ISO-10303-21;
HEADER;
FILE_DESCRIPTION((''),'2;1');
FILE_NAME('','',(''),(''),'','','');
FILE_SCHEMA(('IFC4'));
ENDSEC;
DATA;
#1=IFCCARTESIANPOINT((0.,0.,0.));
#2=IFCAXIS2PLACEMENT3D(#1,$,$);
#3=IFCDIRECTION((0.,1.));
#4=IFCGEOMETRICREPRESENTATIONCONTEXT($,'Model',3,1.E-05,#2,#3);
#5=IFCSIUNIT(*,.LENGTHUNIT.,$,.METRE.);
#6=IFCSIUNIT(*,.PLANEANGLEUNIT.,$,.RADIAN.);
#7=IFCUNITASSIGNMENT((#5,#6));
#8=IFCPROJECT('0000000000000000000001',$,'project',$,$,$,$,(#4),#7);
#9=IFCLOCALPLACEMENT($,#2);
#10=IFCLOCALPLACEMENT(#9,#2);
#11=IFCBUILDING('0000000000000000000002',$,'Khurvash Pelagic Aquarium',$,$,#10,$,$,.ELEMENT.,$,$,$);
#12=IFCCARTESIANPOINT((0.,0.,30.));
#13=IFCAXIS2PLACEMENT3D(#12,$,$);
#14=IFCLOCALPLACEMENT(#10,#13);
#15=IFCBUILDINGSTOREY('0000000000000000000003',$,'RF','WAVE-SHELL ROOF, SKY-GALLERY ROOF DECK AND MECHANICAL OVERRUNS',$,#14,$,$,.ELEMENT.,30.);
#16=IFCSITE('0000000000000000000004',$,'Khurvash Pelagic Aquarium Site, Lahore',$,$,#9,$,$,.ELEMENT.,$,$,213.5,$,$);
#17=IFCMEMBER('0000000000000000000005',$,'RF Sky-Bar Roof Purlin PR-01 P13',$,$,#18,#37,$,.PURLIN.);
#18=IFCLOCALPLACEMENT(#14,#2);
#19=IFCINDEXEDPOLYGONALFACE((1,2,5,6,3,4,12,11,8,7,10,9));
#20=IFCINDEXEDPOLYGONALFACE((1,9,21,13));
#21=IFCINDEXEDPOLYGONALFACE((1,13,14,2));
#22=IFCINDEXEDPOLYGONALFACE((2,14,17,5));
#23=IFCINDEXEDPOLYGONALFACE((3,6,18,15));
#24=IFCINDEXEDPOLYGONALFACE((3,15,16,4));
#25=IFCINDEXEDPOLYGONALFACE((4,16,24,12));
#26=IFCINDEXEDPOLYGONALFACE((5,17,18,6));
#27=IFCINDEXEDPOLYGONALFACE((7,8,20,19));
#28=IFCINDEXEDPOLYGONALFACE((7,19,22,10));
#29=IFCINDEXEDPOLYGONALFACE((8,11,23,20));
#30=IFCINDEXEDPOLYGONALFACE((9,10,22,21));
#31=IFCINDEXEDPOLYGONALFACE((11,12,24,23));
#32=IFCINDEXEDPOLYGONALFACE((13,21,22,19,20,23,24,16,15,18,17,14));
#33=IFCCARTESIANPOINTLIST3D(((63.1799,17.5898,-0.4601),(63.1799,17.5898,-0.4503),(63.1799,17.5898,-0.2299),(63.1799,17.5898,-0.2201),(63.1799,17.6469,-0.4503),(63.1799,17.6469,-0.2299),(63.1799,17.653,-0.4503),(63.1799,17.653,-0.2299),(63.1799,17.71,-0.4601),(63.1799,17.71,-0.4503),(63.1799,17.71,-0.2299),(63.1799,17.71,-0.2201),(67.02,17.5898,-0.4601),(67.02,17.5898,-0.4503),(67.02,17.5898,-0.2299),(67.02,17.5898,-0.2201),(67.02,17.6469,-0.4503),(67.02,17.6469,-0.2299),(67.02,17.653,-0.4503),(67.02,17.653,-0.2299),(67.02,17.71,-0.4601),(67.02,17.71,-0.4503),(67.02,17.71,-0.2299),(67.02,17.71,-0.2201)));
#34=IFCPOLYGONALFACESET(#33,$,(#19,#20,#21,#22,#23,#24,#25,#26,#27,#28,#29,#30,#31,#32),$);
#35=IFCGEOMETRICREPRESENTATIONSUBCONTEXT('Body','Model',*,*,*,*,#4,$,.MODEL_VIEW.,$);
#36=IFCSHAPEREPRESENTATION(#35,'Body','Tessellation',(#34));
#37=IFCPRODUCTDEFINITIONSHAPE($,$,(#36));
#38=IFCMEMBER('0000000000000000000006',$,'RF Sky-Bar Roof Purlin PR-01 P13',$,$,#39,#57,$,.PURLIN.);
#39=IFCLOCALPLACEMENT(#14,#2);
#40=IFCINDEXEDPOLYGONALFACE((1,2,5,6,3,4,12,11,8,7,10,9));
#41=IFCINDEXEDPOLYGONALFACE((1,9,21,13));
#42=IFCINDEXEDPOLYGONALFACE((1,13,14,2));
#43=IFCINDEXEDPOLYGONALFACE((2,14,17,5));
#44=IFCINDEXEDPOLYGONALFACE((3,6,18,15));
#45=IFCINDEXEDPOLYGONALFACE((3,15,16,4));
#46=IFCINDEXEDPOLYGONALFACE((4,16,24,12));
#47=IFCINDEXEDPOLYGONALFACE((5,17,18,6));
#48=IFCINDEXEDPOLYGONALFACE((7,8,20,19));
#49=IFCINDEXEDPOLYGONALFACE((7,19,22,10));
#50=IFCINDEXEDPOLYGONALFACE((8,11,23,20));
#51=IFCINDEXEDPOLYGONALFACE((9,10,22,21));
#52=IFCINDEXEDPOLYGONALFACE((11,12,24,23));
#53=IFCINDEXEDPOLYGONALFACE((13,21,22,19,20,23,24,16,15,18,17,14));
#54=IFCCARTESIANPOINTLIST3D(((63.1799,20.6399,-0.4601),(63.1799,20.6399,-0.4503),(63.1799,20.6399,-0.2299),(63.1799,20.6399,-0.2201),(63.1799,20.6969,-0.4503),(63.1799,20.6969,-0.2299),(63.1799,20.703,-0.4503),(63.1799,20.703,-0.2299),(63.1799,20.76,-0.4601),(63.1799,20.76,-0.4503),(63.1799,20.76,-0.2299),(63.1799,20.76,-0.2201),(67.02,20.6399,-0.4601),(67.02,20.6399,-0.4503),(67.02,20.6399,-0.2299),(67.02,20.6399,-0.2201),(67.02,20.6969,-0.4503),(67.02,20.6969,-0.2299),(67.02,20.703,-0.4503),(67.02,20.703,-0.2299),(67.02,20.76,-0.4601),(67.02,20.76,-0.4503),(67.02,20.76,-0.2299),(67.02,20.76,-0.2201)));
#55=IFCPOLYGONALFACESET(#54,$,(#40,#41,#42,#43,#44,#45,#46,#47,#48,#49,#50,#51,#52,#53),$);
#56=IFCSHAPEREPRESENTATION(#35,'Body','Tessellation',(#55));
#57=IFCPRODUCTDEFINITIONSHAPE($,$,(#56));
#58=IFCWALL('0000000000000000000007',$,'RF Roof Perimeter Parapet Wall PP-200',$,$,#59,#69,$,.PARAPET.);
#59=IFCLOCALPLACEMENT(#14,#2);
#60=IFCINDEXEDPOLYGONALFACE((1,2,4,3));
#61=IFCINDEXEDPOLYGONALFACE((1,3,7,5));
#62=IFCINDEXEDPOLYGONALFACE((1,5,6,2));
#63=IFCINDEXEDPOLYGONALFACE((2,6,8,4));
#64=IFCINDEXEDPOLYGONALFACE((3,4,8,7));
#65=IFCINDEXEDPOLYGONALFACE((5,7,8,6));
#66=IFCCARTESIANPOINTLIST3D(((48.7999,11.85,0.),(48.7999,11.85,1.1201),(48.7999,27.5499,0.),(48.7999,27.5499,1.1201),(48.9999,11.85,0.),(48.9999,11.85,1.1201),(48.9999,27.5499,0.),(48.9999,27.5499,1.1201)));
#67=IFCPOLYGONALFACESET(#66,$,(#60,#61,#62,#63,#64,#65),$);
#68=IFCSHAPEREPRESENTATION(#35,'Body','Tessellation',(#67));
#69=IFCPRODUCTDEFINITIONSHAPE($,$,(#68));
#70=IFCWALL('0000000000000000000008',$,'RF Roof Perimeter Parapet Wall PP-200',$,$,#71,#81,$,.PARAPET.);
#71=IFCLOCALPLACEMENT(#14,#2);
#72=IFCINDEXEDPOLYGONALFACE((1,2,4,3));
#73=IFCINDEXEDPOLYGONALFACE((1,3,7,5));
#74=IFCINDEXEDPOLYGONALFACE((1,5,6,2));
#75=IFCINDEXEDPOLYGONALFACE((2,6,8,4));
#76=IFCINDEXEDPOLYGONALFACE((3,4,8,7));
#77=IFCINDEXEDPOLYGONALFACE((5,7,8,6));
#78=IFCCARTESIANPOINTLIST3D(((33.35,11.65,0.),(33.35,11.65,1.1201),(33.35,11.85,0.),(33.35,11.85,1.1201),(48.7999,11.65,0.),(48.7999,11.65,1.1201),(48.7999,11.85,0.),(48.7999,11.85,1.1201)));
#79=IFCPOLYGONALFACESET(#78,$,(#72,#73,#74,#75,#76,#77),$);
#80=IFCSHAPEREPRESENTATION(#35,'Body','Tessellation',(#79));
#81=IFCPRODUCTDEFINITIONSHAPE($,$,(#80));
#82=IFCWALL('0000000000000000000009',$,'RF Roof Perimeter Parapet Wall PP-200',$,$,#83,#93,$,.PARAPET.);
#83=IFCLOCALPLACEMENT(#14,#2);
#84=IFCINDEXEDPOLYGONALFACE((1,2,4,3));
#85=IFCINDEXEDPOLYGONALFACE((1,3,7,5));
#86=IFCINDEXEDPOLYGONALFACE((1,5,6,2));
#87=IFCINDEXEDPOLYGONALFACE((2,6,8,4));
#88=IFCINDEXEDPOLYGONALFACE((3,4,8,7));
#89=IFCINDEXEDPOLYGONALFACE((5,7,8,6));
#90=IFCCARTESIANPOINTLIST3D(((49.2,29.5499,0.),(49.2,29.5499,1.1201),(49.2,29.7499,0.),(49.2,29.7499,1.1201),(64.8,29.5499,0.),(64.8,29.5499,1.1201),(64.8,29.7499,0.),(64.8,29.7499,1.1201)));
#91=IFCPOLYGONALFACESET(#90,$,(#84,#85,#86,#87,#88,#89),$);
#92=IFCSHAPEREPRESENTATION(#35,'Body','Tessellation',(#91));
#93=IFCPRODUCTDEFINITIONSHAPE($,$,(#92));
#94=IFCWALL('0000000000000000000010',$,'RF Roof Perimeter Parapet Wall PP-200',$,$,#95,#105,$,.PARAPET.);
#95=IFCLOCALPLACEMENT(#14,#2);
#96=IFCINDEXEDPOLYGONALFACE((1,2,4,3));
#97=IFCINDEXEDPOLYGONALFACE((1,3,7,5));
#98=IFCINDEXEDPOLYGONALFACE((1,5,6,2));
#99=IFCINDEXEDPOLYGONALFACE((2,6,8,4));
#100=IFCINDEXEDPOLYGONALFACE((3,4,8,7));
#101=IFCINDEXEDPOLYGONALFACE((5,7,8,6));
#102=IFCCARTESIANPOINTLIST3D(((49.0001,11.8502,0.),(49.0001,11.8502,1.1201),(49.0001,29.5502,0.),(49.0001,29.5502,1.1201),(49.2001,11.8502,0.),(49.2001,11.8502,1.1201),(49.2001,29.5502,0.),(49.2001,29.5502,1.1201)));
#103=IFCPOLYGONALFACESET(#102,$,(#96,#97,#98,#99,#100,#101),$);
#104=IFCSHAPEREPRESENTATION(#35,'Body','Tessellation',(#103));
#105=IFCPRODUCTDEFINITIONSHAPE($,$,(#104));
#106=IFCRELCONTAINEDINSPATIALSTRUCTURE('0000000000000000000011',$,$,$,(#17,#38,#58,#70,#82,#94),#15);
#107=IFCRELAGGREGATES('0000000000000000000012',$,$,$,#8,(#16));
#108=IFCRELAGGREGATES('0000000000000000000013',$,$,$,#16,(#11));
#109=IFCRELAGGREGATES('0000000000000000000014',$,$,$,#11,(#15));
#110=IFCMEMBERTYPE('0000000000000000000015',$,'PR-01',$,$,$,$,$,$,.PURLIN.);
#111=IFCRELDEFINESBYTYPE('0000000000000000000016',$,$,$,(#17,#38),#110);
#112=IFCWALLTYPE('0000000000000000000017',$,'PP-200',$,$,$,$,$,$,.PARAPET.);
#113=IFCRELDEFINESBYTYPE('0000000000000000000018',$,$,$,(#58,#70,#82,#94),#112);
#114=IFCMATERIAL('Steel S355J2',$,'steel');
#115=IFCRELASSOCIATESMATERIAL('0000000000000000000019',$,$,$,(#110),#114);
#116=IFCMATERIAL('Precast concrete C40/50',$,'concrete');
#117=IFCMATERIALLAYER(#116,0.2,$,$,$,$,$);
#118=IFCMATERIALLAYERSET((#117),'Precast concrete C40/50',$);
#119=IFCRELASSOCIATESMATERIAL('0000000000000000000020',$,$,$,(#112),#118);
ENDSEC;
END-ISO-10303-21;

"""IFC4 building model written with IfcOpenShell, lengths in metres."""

from ifc_helpers import new_model, si_unit, direction, frame, frame_2d, origin, origin_2d, place, context, subcontext, project, spatial, rectangle, i_section, extrude, material, layer, layer_set, material_profile, profile_set, type_object, element, save


model = new_model("IFC4")

# Units and contexts
model_context = context("Model", 3, precision=1e-05, world=origin(), true_north=direction((0.0, 1.0)))
body_context = subcontext(model_context, "Body", "Model", "MODEL_VIEW")
ifc_project = project(units=[si_unit("LENGTHUNIT", "METRE"), si_unit("PLANEANGLEUNIT", "RADIAN")], contexts=[model_context])

# Site, building, storey
site_placement = place(None, origin())
site = spatial("IfcSite", under=ifc_project, at=site_placement, Name="Khurvash Pelagic Aquarium Site, Lahore", CompositionType="ELEMENT", RefElevation=213.5)
building_placement = place(site_placement, origin())
building = spatial("IfcBuilding", under=site, at=building_placement, Name="Khurvash Pelagic Aquarium", CompositionType="ELEMENT")
storey_placement = place(building_placement, frame((0.0, 0.0, 30.0)))
storey = spatial("IfcBuildingStorey", under=building, at=storey_placement, Name="RF", Description="WAVE-SHELL ROOF, SKY-GALLERY ROOF DECK AND MECHANICAL OVERRUNS", CompositionType="ELEMENT", Elevation=30.0)

# Members
ifc_material_1 = material(Name="Steel S355J2", Category="steel")
ifc_material_profile_1 = material_profile(ifc_material_1, i_section(OverallWidth=0.1201, OverallDepth=0.24, WebThickness=0.0061, FlangeThickness=0.0098, at=origin_2d()), Name="IPE240")
ifc_profile_set_1 = profile_set([ifc_material_profile_1], Name="Steel S355J2")
member_type = type_object("IfcMemberType", Name="PR-01", PredefinedType="PURLIN", material=ifc_profile_set_1)
for number, where, z_axis, x_axis, name in (
    (1, (63.1799, 17.6499, -0.3401), (1.0, 0.0, 0.0), (0.0, 1.0, 0.0), "RF Sky-Bar Roof Purlin PR-01 P13"),
    (2, (63.1799, 20.7, -0.3401), (1.0, 0.0, 0.0), (0.0, 1.0, 0.0), "RF Sky-Bar Roof Purlin PR-01 P13"),
):
    element("IfcMember", number, at=place(storey_placement, frame(where, z_axis=z_axis, x_axis=x_axis)), inside=storey, type_object=member_type, Name=name, PredefinedType="PURLIN", context=body_context, shape_type="SweptSolid", body=[
        extrude(i_section(OverallWidth=0.1201, OverallDepth=0.24, WebThickness=0.0061, FlangeThickness=0.0098, at=origin_2d()), origin(), (0.0, 0.0, 1.0), 3.8401),
    ])

# Walls
ifc_material_2 = material(Name="Precast concrete C40/50", Category="concrete")
ifc_layer = layer(ifc_material_2, 0.2)
ifc_layer_set = layer_set([ifc_layer], Name="Precast concrete C40/50")
wall_type = type_object("IfcWallType", Name="PP-200", PredefinedType="PARAPET", material=ifc_layer_set)
wall_1_placement = place(storey_placement, frame((48.8999, 27.55, 0.0), z_axis=(0.0, 0.0, 1.0), x_axis=(0.0, -1.0, 0.0)))
element("IfcWall", 3, at=wall_1_placement, inside=storey, type_object=wall_type, Name="RF Roof Perimeter Parapet Wall PP-200", PredefinedType="PARAPET", context=body_context, shape_type="SweptSolid", body=[
    extrude(rectangle(XDim=15.7, YDim=0.2, at=frame_2d((7.8501, 0.0))), origin(), (0.0, 0.0, 1.0), 1.1201),
])
wall_2_placement = place(storey_placement, frame((48.8, 11.75, 0.0), z_axis=(0.0, 0.0, 1.0), x_axis=(-1.0, 0.0, 0.0)))
element("IfcWall", 4, at=wall_2_placement, inside=storey, type_object=wall_type, Name="RF Roof Perimeter Parapet Wall PP-200", PredefinedType="PARAPET", context=body_context, shape_type="SweptSolid", body=[
    extrude(rectangle(XDim=15.45, YDim=0.2, at=frame_2d((7.7251, 0.0))), origin(), (0.0, 0.0, 1.0), 1.1201),
])
wall_3_placement = place(storey_placement, frame((49.2, 29.6499, 0.0), z_axis=(0.0, 0.0, 1.0), x_axis=(1.0, 0.0, 0.0)))
element("IfcWall", 5, at=wall_3_placement, inside=storey, type_object=wall_type, Name="RF Roof Perimeter Parapet Wall PP-200", PredefinedType="PARAPET", context=body_context, shape_type="SweptSolid", body=[
    extrude(rectangle(XDim=15.6001, YDim=0.2, at=frame_2d((7.8, 0.0))), origin(), (0.0, 0.0, 1.0), 1.1201),
])
wall_4_placement = place(storey_placement, frame((49.1001, 11.8501, 0.0), z_axis=(0.0, 0.0, 1.0), x_axis=(0.0, 1.0, 0.0)))
element("IfcWall", 6, at=wall_4_placement, inside=storey, type_object=wall_type, Name="RF Roof Perimeter Parapet Wall PP-200", PredefinedType="PARAPET", context=body_context, shape_type="SweptSolid", body=[
    extrude(rectangle(XDim=17.7, YDim=0.2, at=frame_2d((8.8501, 0.0))), origin(), (0.0, 0.0, 1.0), 1.1201),
])

save(model, "model.ifc")
